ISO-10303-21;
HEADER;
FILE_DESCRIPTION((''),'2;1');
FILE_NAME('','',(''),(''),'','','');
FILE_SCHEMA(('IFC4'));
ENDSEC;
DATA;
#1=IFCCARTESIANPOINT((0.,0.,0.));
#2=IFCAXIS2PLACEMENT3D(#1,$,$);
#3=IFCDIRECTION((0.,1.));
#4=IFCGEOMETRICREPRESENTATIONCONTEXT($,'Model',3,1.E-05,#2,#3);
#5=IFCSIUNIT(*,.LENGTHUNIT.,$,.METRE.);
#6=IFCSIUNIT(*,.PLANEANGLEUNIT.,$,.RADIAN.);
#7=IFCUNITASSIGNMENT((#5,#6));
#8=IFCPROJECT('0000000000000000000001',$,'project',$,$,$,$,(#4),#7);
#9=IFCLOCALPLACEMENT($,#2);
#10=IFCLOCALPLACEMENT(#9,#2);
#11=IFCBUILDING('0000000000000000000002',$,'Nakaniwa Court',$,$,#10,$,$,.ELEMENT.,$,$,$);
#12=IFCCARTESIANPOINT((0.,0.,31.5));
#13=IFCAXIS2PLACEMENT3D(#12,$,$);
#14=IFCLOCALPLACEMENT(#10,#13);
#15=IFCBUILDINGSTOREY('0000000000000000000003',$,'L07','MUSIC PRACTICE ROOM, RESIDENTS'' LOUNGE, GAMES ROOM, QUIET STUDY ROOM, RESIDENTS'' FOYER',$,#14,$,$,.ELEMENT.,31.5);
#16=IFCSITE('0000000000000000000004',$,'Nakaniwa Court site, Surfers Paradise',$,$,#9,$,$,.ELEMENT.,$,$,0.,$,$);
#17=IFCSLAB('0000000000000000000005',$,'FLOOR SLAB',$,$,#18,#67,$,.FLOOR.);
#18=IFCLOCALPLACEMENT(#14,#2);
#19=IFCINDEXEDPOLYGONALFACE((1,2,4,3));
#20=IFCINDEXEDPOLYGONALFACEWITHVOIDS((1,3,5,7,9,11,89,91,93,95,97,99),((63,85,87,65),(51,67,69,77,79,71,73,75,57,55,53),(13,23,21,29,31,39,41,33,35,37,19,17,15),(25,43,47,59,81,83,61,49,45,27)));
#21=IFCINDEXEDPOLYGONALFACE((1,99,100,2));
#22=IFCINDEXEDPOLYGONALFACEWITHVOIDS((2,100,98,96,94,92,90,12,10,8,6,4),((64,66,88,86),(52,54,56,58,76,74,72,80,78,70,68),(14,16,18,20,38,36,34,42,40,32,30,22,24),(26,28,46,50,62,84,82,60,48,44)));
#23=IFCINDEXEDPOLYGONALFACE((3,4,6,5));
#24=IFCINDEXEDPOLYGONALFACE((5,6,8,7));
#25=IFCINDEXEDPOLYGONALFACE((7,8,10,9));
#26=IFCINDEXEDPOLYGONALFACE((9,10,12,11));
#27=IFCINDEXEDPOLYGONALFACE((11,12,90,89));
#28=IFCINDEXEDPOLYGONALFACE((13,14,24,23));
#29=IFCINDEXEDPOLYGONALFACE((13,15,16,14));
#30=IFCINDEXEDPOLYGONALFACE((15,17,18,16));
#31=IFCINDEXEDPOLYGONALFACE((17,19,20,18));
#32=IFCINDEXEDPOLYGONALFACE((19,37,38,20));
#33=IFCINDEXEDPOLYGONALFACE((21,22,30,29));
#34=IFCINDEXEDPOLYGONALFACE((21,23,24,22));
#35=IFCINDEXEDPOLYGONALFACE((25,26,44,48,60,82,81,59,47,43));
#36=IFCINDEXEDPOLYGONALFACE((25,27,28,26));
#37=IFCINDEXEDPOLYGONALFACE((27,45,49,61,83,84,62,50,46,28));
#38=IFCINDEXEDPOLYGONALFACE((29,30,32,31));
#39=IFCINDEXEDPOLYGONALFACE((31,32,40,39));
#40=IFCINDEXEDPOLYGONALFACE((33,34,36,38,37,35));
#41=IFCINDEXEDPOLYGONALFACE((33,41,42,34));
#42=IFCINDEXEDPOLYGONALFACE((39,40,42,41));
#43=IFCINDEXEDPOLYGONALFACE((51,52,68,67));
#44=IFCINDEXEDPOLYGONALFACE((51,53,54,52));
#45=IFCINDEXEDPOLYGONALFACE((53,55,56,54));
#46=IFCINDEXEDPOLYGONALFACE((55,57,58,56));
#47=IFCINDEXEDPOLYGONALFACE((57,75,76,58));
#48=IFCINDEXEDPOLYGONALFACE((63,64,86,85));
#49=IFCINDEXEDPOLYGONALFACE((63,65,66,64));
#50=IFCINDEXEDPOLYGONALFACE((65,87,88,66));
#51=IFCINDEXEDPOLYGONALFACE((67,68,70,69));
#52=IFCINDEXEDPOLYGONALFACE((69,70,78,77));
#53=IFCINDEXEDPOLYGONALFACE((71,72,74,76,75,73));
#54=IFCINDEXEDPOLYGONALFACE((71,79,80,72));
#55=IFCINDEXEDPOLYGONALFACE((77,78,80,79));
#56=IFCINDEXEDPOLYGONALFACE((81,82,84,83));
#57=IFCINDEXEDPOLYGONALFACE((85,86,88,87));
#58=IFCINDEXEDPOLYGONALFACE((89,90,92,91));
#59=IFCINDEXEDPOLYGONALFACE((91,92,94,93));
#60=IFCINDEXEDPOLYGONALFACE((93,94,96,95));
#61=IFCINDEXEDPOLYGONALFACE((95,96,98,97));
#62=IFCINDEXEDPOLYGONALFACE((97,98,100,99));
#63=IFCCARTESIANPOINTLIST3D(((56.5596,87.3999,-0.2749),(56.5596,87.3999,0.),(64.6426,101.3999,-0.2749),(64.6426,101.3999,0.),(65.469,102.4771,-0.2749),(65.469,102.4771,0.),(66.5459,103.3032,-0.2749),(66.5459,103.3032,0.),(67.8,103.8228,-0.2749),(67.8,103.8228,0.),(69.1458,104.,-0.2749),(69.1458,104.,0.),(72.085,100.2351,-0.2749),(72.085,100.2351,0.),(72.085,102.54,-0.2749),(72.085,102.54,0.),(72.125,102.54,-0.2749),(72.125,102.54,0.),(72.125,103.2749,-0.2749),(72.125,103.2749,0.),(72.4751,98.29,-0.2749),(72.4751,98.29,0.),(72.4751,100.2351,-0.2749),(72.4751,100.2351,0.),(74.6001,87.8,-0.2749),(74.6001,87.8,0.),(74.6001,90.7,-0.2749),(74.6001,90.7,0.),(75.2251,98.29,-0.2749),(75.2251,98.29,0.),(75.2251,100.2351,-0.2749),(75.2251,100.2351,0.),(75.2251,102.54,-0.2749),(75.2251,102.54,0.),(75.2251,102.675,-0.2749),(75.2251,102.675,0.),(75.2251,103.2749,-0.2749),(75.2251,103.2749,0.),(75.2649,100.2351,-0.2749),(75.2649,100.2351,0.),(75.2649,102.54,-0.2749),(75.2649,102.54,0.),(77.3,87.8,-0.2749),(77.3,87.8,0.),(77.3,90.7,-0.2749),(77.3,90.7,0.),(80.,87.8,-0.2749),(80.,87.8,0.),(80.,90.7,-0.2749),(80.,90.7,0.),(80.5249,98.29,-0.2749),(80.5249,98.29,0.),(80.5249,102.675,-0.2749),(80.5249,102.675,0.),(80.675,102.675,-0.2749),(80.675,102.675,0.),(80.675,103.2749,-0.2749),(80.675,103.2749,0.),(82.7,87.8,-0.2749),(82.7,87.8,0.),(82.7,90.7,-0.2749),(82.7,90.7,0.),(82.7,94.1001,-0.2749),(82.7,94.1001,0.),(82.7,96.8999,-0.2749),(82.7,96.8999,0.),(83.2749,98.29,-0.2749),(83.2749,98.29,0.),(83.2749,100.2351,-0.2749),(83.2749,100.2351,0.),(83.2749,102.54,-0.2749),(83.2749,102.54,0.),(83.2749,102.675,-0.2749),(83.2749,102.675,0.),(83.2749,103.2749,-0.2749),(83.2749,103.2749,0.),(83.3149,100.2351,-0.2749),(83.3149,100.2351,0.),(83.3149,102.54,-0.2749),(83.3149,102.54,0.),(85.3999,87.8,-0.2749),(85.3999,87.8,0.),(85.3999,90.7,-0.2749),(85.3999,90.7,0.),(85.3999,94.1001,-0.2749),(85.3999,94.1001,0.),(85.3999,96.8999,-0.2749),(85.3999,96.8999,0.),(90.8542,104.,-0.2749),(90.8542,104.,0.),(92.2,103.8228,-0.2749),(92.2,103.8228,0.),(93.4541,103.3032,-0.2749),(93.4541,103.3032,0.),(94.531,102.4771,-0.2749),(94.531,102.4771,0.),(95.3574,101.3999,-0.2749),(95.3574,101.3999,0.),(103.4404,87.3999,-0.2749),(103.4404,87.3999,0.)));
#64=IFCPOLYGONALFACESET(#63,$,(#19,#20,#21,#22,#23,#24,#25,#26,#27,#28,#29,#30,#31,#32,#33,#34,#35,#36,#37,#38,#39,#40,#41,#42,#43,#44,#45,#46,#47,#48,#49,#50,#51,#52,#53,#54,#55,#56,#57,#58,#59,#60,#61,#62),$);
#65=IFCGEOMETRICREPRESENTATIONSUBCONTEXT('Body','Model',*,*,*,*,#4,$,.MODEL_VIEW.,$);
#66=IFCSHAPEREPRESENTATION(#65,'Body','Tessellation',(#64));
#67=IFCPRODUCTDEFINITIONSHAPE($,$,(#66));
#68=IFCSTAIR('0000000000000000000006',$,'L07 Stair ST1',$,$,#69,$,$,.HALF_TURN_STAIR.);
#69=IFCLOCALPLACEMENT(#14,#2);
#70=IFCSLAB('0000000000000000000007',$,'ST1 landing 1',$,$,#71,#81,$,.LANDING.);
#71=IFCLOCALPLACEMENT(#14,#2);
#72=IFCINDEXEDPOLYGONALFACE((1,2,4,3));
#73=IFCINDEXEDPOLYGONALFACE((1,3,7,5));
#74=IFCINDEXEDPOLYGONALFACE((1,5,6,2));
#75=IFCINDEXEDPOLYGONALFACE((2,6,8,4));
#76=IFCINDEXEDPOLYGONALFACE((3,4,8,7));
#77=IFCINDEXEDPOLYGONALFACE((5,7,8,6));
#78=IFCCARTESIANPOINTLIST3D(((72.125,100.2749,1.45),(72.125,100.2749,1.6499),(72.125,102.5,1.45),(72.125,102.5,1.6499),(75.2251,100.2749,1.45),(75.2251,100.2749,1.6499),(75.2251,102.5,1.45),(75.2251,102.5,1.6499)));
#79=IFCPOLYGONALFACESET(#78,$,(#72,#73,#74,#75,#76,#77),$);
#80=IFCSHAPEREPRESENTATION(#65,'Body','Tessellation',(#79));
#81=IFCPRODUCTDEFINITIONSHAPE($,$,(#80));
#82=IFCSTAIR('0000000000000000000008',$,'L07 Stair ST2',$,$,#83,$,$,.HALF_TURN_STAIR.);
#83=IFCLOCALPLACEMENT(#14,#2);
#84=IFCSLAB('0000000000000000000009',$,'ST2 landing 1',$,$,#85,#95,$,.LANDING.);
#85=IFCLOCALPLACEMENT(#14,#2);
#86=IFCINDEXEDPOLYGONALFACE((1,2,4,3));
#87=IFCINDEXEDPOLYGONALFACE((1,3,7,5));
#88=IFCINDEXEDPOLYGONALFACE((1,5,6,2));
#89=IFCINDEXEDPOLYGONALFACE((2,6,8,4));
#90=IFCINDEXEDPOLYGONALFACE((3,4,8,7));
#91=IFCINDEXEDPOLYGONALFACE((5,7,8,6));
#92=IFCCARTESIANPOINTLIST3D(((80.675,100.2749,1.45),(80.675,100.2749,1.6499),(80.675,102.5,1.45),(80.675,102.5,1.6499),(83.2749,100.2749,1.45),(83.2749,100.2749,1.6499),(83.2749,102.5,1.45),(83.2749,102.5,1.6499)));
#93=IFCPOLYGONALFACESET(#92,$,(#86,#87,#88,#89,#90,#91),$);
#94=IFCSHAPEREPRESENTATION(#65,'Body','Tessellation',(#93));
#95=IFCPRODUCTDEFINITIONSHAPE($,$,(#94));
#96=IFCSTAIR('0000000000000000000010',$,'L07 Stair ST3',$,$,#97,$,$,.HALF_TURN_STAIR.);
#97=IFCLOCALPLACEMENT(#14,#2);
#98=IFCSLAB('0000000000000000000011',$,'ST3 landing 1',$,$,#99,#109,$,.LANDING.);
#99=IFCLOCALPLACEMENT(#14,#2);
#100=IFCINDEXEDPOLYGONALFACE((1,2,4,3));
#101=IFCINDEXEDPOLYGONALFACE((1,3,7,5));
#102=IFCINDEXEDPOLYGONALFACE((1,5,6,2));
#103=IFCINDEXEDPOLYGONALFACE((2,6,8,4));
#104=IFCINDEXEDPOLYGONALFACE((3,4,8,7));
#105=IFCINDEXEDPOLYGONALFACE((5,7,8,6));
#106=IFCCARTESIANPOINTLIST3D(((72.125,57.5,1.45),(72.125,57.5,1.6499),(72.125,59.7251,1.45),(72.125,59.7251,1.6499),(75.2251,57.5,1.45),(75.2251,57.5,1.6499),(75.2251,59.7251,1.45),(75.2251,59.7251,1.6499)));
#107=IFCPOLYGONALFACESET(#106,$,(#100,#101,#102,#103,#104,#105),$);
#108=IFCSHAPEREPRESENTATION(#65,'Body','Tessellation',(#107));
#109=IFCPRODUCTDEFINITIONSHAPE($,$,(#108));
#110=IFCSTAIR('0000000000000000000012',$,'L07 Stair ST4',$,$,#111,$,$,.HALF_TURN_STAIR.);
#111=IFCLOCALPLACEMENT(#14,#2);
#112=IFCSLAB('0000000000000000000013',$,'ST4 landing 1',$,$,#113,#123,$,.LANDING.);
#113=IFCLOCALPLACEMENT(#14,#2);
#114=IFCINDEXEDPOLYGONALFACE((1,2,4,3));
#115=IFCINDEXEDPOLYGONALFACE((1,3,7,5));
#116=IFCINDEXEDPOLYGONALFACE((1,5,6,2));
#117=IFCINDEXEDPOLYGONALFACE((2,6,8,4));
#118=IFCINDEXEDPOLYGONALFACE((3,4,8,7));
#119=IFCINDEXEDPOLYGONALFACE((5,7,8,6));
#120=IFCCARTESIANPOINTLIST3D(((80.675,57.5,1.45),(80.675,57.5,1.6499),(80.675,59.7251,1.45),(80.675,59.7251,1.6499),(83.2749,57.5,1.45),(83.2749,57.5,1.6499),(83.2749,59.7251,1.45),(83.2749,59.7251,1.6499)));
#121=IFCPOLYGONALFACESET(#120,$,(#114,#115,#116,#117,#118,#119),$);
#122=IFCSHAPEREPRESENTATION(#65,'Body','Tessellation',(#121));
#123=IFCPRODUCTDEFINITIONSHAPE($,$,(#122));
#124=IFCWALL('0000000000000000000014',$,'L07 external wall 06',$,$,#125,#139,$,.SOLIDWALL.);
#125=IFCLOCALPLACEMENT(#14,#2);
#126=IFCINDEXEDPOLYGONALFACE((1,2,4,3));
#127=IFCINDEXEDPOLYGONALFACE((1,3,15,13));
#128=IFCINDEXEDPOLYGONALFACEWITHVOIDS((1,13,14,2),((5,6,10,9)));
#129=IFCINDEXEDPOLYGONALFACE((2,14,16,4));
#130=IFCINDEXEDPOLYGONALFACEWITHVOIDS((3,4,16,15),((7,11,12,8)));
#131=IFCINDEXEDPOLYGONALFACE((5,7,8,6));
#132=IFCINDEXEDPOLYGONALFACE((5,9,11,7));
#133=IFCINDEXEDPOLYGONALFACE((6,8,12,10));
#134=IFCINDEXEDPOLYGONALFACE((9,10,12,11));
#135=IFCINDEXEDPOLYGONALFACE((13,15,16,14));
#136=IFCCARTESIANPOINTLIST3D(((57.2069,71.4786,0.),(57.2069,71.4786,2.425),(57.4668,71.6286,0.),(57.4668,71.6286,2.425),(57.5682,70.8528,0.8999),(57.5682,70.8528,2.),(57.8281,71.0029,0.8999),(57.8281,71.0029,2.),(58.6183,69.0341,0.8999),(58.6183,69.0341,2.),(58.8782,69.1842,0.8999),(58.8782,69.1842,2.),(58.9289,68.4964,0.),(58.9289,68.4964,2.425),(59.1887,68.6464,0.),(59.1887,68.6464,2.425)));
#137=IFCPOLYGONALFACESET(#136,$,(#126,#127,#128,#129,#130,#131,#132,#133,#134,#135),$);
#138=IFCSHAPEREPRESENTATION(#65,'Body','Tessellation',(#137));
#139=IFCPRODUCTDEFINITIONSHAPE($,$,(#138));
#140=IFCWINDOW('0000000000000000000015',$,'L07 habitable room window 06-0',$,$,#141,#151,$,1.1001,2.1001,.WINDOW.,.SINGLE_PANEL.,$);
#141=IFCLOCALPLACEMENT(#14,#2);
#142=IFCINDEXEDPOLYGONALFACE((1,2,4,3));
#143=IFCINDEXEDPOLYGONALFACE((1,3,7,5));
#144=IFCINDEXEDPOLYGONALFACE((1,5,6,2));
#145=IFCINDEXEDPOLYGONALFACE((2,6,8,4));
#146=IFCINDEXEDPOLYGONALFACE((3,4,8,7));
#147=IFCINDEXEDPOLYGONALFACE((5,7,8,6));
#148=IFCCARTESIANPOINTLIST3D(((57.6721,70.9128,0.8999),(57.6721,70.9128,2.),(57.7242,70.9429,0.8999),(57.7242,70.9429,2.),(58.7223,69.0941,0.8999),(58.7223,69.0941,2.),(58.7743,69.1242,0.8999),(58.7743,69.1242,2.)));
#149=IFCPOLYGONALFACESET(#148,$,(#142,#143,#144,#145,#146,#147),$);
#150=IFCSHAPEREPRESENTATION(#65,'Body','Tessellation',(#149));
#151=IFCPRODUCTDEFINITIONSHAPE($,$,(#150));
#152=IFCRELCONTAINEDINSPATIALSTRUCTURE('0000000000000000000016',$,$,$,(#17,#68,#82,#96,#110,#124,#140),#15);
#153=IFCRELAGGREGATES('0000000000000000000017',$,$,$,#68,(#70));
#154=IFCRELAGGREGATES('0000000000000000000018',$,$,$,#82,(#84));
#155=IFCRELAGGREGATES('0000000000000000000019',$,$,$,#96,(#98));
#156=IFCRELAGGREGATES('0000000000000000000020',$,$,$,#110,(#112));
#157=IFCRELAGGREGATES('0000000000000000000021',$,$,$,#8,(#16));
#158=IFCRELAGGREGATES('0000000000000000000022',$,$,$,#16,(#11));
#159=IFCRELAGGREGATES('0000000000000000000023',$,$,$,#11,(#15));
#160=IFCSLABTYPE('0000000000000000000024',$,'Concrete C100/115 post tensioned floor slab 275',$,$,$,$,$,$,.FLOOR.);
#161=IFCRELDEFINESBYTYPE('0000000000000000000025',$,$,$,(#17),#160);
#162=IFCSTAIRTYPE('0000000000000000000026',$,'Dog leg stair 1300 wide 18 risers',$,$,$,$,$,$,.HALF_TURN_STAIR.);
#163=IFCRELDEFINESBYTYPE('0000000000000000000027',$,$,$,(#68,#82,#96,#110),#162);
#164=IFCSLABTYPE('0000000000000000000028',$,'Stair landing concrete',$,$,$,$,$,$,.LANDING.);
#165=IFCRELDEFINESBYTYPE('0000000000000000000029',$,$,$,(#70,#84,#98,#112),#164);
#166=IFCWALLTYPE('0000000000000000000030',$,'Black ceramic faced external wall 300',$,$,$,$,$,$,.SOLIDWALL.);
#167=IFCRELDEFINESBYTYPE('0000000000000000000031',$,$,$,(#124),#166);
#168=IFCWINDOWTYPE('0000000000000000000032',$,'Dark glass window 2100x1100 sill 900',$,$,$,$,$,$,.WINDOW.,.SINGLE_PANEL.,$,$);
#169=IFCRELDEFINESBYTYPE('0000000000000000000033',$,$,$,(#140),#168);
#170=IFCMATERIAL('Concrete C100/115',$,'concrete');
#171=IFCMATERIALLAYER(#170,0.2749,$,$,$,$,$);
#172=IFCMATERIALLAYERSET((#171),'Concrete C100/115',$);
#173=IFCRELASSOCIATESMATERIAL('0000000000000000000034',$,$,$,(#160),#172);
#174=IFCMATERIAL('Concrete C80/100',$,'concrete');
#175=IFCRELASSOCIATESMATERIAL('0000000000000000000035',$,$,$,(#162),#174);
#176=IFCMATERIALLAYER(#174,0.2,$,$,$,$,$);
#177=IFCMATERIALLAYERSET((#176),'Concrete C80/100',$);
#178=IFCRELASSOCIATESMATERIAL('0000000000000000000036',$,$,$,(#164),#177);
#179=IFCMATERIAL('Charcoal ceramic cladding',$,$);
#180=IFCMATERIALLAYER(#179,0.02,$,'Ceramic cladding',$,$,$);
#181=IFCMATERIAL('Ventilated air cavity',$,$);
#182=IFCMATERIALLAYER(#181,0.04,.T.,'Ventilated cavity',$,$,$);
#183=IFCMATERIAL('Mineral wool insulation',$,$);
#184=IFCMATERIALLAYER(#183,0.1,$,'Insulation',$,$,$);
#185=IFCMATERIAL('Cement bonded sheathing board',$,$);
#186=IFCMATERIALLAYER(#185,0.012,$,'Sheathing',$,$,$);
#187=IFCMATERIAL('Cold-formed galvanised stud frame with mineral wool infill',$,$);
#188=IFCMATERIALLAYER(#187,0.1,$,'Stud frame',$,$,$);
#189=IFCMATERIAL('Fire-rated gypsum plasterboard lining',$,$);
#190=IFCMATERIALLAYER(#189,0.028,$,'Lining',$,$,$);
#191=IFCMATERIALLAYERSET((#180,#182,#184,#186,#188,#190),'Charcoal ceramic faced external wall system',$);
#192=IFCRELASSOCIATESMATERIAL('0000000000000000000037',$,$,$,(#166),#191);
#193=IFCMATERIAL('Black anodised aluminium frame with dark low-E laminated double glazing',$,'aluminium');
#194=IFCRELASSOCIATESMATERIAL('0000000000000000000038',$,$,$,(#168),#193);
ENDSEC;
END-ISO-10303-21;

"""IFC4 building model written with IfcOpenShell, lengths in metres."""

from ifc_helpers import new_model, si_unit, direction, frame, frame_2d, origin, place, context, subcontext, project, spatial, polyline, rectangle, outline, extrude, material, layer, layer_set, type_object, element, fill, aggregate, save


model = new_model("IFC4")

# Units and contexts
model_context = context("Model", 3, precision=1e-05, world=origin(), true_north=direction((0.0, 1.0)))
body_context = subcontext(model_context, "Body", "Model", "MODEL_VIEW")
ifc_project = project(units=[si_unit("LENGTHUNIT", "METRE"), si_unit("PLANEANGLEUNIT", "RADIAN")], contexts=[model_context])

# Site, building, storey
site_placement = place(None, origin())
site = spatial("IfcSite", under=ifc_project, at=site_placement, Name="Nakaniwa Court site, Surfers Paradise", CompositionType="ELEMENT", RefElevation=0.0)
building_placement = place(site_placement, origin())
building = spatial("IfcBuilding", under=site, at=building_placement, Name="Nakaniwa Court", CompositionType="ELEMENT")
storey_placement = place(building_placement, frame((0.0, 0.0, 31.5)))
storey = spatial("IfcBuildingStorey", under=building, at=storey_placement, Name="L07", Description="MUSIC PRACTICE ROOM, RESIDENTS' LOUNGE, GAMES ROOM, QUIET STUDY ROOM, RESIDENTS' FOYER", CompositionType="ELEMENT", Elevation=31.5)

# Shared definitions
ifc_material_1 = material(Name="Concrete C100/115", Category="concrete")

# Slab
ifc_layer_1 = layer(ifc_material_1, 0.2749)
ifc_layer_set_1 = layer_set([ifc_layer_1], Name="Concrete C100/115")
slab_type_1 = type_object("IfcSlabType", Name="Concrete C100/115 post tensioned floor slab 275", PredefinedType="FLOOR", material=ifc_layer_set_1)
slab_1_placement = place(storey_placement, frame((0.0, 0.0, -0.2749)))
element("IfcSlab", 1, at=slab_1_placement, inside=storey, type_object=slab_type_1, Name="FLOOR SLAB", PredefinedType="FLOOR", context=body_context, shape_type="SweptSolid", body=[
    extrude(outline(polyline([(64.6426, 101.3999), (56.5596, 87.3999), (103.4404, 87.3999), (95.3574, 101.3999), (94.531, 102.4771), (93.4541, 103.3032), (92.2, 103.8228), (90.8542, 104.0), (69.1458, 104.0), (67.8, 103.8228), (66.5459, 103.3032), (65.469, 102.4771), (64.6426, 101.3999)]), holes=[polyline([(74.6001, 87.8), (77.3, 87.8), (80.0, 87.8), (82.7, 87.8), (85.3999, 87.8), (85.3999, 90.7), (82.7, 90.7), (80.0, 90.7), (77.3, 90.7), (74.6001, 90.7), (74.6001, 87.8)]), polyline([(75.2251, 98.29), (75.2251, 100.2351), (75.2649, 100.2351), (75.2649, 102.54), (75.2251, 102.54), (75.2251, 102.675), (75.2251, 103.2749), (72.125, 103.2749), (72.125, 102.54), (72.085, 102.54), (72.085, 100.2351), (72.4751, 100.2351), (72.4751, 98.29), (75.2251, 98.29)]), polyline([(82.7, 94.1001), (85.3999, 94.1001), (85.3999, 96.8999), (82.7, 96.8999), (82.7, 94.1001)]), polyline([(80.5249, 98.29), (83.2749, 98.29), (83.2749, 100.2351), (83.3149, 100.2351), (83.3149, 102.54), (83.2749, 102.54), (83.2749, 102.675), (83.2749, 103.2749), (80.675, 103.2749), (80.675, 102.675), (80.5249, 102.675), (80.5249, 98.29)])]), origin(), (0.0, 0.0, 1.0), 0.2749),
])

# Stairs, slabs
ifc_material_2 = material(Name="Concrete C80/100", Category="concrete")
stair_type = type_object("IfcStairType", Name="Dog leg stair 1300 wide 18 risers", PredefinedType="HALF_TURN_STAIR", material=ifc_material_2)
stair_1_placement = place(storey_placement, origin())
stair_1 = element("IfcStair", 2, at=stair_1_placement, inside=storey, type_object=stair_type, Name="L07 Stair ST1", PredefinedType="HALF_TURN_STAIR")
ifc_layer_2 = layer(ifc_material_2, 0.2)
ifc_layer_set_2 = layer_set([ifc_layer_2], Name="Concrete C80/100")
slab_type_2 = type_object("IfcSlabType", Name="Stair landing concrete", PredefinedType="LANDING", material=ifc_layer_set_2)
slab_2_placement = place(storey_placement, frame((0.0, 0.0, 1.45)))
slab_2 = element("IfcSlab", 3, at=slab_2_placement, type_object=slab_type_2, Name="ST1 landing 1", PredefinedType="LANDING", context=body_context, shape_type="SweptSolid", body=[
    extrude(outline(polyline([(75.2251, 100.2749), (75.2251, 102.5), (72.125, 102.5), (72.125, 100.2749), (75.2251, 100.2749)])), origin(), (0.0, 0.0, 1.0), 0.2),
])
aggregate(stair_1, [slab_2])
stair_2_placement = place(storey_placement, origin())
stair_2 = element("IfcStair", 4, at=stair_2_placement, inside=storey, type_object=stair_type, Name="L07 Stair ST2", PredefinedType="HALF_TURN_STAIR")
slab_3_placement = place(storey_placement, frame((0.0, 0.0, 1.45)))
slab_3 = element("IfcSlab", 5, at=slab_3_placement, type_object=slab_type_2, Name="ST2 landing 1", PredefinedType="LANDING", context=body_context, shape_type="SweptSolid", body=[
    extrude(outline(polyline([(83.2749, 100.2749), (83.2749, 102.5), (80.675, 102.5), (80.675, 100.2749), (83.2749, 100.2749)])), origin(), (0.0, 0.0, 1.0), 0.2),
])
aggregate(stair_2, [slab_3])
stair_3_placement = place(storey_placement, origin())
stair_3 = element("IfcStair", 6, at=stair_3_placement, inside=storey, type_object=stair_type, Name="L07 Stair ST3", PredefinedType="HALF_TURN_STAIR")
slab_4_placement = place(storey_placement, frame((0.0, 0.0, 1.45)))
slab_4 = element("IfcSlab", 7, at=slab_4_placement, type_object=slab_type_2, Name="ST3 landing 1", PredefinedType="LANDING", context=body_context, shape_type="SweptSolid", body=[
    extrude(outline(polyline([(75.2251, 57.5), (75.2251, 59.7251), (72.125, 59.7251), (72.125, 57.5), (75.2251, 57.5)])), origin(), (0.0, 0.0, 1.0), 0.2),
])
aggregate(stair_3, [slab_4])
stair_4_placement = place(storey_placement, origin())
stair_4 = element("IfcStair", 8, at=stair_4_placement, inside=storey, type_object=stair_type, Name="L07 Stair ST4", PredefinedType="HALF_TURN_STAIR")
slab_5_placement = place(storey_placement, frame((0.0, 0.0, 1.45)))
slab_5 = element("IfcSlab", 9, at=slab_5_placement, type_object=slab_type_2, Name="ST4 landing 1", PredefinedType="LANDING", context=body_context, shape_type="SweptSolid", body=[
    extrude(outline(polyline([(83.2749, 57.5), (83.2749, 59.7251), (80.675, 59.7251), (80.675, 57.5), (83.2749, 57.5)])), origin(), (0.0, 0.0, 1.0), 0.2),
])
aggregate(stair_4, [slab_5])

# Wall, opening, window
ifc_material_3 = material(Name="Charcoal ceramic cladding")
ifc_layer_3 = layer(ifc_material_3, 0.02, Name="Ceramic cladding")
ifc_material_4 = material(Name="Ventilated air cavity")
ifc_layer_4 = layer(ifc_material_4, 0.04, ventilated=True, Name="Ventilated cavity")
ifc_material_5 = material(Name="Mineral wool insulation")
ifc_layer_5 = layer(ifc_material_5, 0.1, Name="Insulation")
ifc_material_6 = material(Name="Cement bonded sheathing board")
ifc_layer_6 = layer(ifc_material_6, 0.012, Name="Sheathing")
ifc_material_7 = material(Name="Cold-formed galvanised stud frame with mineral wool infill")
ifc_layer_7 = layer(ifc_material_7, 0.1, Name="Stud frame")
ifc_material_8 = material(Name="Fire-rated gypsum plasterboard lining")
ifc_layer_8 = layer(ifc_material_8, 0.028, Name="Lining")
ifc_layer_set_3 = layer_set([ifc_layer_3, ifc_layer_4, ifc_layer_5, ifc_layer_6, ifc_layer_7, ifc_layer_8], Name="Charcoal ceramic faced external wall system")
wall_type = type_object("IfcWallType", Name="Black ceramic faced external wall 300", PredefinedType="SOLIDWALL", material=ifc_layer_set_3)
wall_1_placement = place(storey_placement, frame((57.3369, 71.5535, 0.0), z_axis=(0.0, 0.0, 1.0), x_axis=(0.500035, -0.866005, 0.0)))
wall_1 = element("IfcWall", 10, at=wall_1_placement, inside=storey, type_object=wall_type, Name="L07 external wall 06", PredefinedType="SOLIDWALL", context=body_context, shape_type="SweptSolid", body=[
    extrude(rectangle(XDim=3.4436, YDim=0.3, at=frame_2d((1.7217, 0.0))), origin(), (0.0, 0.0, 1.0), 2.425),
])
opening_1_placement = place(wall_1_placement, frame((0.7224, 0.0, 0.8999)))
opening_1 = element("IfcOpeningElement", 11, at=opening_1_placement, cuts=wall_1, PredefinedType="OPENING", context=body_context, shape_type="SweptSolid", body=[
    extrude(rectangle(XDim=2.1001, YDim=1.1001, at=frame_2d((1.05, 0.55))), frame((0.0, 0.1599, 0.0), z_axis=(0.0, -1.0, 0.0), x_axis=(1.0, 0.0, 0.0)), (0.0, 0.0, 1.0), 0.3201),
])
ifc_material_9 = material(Name="Black anodised aluminium frame with dark low-E laminated double glazing", Category="aluminium")
window_type_1 = type_object("IfcWindowType", Name="Dark glass window 2100x1100 sill 900", PartitioningType="SINGLE_PANEL", PredefinedType="WINDOW", material=ifc_material_9)
window_1_placement = place(opening_1_placement, origin())
window_1 = element("IfcWindow", 12, at=window_1_placement, inside=storey, type_object=window_type_1, Name="L07 habitable room window 06-0", OverallHeight=1.1001, OverallWidth=2.1001, PartitioningType="SINGLE_PANEL", PredefinedType="WINDOW", context=body_context, shape_type="SweptSolid", body=[
    extrude(rectangle(XDim=2.1001, YDim=1.1001, at=frame_2d((1.05, 0.55))), frame((0.0, 0.03, 0.0), z_axis=(0.0, -1.0, 0.0), x_axis=(1.0, 0.0, 0.0)), (0.0, 0.0, 1.0), 0.0601),
])
fill(opening_1, window_1)

save(model, "model.ifc")
